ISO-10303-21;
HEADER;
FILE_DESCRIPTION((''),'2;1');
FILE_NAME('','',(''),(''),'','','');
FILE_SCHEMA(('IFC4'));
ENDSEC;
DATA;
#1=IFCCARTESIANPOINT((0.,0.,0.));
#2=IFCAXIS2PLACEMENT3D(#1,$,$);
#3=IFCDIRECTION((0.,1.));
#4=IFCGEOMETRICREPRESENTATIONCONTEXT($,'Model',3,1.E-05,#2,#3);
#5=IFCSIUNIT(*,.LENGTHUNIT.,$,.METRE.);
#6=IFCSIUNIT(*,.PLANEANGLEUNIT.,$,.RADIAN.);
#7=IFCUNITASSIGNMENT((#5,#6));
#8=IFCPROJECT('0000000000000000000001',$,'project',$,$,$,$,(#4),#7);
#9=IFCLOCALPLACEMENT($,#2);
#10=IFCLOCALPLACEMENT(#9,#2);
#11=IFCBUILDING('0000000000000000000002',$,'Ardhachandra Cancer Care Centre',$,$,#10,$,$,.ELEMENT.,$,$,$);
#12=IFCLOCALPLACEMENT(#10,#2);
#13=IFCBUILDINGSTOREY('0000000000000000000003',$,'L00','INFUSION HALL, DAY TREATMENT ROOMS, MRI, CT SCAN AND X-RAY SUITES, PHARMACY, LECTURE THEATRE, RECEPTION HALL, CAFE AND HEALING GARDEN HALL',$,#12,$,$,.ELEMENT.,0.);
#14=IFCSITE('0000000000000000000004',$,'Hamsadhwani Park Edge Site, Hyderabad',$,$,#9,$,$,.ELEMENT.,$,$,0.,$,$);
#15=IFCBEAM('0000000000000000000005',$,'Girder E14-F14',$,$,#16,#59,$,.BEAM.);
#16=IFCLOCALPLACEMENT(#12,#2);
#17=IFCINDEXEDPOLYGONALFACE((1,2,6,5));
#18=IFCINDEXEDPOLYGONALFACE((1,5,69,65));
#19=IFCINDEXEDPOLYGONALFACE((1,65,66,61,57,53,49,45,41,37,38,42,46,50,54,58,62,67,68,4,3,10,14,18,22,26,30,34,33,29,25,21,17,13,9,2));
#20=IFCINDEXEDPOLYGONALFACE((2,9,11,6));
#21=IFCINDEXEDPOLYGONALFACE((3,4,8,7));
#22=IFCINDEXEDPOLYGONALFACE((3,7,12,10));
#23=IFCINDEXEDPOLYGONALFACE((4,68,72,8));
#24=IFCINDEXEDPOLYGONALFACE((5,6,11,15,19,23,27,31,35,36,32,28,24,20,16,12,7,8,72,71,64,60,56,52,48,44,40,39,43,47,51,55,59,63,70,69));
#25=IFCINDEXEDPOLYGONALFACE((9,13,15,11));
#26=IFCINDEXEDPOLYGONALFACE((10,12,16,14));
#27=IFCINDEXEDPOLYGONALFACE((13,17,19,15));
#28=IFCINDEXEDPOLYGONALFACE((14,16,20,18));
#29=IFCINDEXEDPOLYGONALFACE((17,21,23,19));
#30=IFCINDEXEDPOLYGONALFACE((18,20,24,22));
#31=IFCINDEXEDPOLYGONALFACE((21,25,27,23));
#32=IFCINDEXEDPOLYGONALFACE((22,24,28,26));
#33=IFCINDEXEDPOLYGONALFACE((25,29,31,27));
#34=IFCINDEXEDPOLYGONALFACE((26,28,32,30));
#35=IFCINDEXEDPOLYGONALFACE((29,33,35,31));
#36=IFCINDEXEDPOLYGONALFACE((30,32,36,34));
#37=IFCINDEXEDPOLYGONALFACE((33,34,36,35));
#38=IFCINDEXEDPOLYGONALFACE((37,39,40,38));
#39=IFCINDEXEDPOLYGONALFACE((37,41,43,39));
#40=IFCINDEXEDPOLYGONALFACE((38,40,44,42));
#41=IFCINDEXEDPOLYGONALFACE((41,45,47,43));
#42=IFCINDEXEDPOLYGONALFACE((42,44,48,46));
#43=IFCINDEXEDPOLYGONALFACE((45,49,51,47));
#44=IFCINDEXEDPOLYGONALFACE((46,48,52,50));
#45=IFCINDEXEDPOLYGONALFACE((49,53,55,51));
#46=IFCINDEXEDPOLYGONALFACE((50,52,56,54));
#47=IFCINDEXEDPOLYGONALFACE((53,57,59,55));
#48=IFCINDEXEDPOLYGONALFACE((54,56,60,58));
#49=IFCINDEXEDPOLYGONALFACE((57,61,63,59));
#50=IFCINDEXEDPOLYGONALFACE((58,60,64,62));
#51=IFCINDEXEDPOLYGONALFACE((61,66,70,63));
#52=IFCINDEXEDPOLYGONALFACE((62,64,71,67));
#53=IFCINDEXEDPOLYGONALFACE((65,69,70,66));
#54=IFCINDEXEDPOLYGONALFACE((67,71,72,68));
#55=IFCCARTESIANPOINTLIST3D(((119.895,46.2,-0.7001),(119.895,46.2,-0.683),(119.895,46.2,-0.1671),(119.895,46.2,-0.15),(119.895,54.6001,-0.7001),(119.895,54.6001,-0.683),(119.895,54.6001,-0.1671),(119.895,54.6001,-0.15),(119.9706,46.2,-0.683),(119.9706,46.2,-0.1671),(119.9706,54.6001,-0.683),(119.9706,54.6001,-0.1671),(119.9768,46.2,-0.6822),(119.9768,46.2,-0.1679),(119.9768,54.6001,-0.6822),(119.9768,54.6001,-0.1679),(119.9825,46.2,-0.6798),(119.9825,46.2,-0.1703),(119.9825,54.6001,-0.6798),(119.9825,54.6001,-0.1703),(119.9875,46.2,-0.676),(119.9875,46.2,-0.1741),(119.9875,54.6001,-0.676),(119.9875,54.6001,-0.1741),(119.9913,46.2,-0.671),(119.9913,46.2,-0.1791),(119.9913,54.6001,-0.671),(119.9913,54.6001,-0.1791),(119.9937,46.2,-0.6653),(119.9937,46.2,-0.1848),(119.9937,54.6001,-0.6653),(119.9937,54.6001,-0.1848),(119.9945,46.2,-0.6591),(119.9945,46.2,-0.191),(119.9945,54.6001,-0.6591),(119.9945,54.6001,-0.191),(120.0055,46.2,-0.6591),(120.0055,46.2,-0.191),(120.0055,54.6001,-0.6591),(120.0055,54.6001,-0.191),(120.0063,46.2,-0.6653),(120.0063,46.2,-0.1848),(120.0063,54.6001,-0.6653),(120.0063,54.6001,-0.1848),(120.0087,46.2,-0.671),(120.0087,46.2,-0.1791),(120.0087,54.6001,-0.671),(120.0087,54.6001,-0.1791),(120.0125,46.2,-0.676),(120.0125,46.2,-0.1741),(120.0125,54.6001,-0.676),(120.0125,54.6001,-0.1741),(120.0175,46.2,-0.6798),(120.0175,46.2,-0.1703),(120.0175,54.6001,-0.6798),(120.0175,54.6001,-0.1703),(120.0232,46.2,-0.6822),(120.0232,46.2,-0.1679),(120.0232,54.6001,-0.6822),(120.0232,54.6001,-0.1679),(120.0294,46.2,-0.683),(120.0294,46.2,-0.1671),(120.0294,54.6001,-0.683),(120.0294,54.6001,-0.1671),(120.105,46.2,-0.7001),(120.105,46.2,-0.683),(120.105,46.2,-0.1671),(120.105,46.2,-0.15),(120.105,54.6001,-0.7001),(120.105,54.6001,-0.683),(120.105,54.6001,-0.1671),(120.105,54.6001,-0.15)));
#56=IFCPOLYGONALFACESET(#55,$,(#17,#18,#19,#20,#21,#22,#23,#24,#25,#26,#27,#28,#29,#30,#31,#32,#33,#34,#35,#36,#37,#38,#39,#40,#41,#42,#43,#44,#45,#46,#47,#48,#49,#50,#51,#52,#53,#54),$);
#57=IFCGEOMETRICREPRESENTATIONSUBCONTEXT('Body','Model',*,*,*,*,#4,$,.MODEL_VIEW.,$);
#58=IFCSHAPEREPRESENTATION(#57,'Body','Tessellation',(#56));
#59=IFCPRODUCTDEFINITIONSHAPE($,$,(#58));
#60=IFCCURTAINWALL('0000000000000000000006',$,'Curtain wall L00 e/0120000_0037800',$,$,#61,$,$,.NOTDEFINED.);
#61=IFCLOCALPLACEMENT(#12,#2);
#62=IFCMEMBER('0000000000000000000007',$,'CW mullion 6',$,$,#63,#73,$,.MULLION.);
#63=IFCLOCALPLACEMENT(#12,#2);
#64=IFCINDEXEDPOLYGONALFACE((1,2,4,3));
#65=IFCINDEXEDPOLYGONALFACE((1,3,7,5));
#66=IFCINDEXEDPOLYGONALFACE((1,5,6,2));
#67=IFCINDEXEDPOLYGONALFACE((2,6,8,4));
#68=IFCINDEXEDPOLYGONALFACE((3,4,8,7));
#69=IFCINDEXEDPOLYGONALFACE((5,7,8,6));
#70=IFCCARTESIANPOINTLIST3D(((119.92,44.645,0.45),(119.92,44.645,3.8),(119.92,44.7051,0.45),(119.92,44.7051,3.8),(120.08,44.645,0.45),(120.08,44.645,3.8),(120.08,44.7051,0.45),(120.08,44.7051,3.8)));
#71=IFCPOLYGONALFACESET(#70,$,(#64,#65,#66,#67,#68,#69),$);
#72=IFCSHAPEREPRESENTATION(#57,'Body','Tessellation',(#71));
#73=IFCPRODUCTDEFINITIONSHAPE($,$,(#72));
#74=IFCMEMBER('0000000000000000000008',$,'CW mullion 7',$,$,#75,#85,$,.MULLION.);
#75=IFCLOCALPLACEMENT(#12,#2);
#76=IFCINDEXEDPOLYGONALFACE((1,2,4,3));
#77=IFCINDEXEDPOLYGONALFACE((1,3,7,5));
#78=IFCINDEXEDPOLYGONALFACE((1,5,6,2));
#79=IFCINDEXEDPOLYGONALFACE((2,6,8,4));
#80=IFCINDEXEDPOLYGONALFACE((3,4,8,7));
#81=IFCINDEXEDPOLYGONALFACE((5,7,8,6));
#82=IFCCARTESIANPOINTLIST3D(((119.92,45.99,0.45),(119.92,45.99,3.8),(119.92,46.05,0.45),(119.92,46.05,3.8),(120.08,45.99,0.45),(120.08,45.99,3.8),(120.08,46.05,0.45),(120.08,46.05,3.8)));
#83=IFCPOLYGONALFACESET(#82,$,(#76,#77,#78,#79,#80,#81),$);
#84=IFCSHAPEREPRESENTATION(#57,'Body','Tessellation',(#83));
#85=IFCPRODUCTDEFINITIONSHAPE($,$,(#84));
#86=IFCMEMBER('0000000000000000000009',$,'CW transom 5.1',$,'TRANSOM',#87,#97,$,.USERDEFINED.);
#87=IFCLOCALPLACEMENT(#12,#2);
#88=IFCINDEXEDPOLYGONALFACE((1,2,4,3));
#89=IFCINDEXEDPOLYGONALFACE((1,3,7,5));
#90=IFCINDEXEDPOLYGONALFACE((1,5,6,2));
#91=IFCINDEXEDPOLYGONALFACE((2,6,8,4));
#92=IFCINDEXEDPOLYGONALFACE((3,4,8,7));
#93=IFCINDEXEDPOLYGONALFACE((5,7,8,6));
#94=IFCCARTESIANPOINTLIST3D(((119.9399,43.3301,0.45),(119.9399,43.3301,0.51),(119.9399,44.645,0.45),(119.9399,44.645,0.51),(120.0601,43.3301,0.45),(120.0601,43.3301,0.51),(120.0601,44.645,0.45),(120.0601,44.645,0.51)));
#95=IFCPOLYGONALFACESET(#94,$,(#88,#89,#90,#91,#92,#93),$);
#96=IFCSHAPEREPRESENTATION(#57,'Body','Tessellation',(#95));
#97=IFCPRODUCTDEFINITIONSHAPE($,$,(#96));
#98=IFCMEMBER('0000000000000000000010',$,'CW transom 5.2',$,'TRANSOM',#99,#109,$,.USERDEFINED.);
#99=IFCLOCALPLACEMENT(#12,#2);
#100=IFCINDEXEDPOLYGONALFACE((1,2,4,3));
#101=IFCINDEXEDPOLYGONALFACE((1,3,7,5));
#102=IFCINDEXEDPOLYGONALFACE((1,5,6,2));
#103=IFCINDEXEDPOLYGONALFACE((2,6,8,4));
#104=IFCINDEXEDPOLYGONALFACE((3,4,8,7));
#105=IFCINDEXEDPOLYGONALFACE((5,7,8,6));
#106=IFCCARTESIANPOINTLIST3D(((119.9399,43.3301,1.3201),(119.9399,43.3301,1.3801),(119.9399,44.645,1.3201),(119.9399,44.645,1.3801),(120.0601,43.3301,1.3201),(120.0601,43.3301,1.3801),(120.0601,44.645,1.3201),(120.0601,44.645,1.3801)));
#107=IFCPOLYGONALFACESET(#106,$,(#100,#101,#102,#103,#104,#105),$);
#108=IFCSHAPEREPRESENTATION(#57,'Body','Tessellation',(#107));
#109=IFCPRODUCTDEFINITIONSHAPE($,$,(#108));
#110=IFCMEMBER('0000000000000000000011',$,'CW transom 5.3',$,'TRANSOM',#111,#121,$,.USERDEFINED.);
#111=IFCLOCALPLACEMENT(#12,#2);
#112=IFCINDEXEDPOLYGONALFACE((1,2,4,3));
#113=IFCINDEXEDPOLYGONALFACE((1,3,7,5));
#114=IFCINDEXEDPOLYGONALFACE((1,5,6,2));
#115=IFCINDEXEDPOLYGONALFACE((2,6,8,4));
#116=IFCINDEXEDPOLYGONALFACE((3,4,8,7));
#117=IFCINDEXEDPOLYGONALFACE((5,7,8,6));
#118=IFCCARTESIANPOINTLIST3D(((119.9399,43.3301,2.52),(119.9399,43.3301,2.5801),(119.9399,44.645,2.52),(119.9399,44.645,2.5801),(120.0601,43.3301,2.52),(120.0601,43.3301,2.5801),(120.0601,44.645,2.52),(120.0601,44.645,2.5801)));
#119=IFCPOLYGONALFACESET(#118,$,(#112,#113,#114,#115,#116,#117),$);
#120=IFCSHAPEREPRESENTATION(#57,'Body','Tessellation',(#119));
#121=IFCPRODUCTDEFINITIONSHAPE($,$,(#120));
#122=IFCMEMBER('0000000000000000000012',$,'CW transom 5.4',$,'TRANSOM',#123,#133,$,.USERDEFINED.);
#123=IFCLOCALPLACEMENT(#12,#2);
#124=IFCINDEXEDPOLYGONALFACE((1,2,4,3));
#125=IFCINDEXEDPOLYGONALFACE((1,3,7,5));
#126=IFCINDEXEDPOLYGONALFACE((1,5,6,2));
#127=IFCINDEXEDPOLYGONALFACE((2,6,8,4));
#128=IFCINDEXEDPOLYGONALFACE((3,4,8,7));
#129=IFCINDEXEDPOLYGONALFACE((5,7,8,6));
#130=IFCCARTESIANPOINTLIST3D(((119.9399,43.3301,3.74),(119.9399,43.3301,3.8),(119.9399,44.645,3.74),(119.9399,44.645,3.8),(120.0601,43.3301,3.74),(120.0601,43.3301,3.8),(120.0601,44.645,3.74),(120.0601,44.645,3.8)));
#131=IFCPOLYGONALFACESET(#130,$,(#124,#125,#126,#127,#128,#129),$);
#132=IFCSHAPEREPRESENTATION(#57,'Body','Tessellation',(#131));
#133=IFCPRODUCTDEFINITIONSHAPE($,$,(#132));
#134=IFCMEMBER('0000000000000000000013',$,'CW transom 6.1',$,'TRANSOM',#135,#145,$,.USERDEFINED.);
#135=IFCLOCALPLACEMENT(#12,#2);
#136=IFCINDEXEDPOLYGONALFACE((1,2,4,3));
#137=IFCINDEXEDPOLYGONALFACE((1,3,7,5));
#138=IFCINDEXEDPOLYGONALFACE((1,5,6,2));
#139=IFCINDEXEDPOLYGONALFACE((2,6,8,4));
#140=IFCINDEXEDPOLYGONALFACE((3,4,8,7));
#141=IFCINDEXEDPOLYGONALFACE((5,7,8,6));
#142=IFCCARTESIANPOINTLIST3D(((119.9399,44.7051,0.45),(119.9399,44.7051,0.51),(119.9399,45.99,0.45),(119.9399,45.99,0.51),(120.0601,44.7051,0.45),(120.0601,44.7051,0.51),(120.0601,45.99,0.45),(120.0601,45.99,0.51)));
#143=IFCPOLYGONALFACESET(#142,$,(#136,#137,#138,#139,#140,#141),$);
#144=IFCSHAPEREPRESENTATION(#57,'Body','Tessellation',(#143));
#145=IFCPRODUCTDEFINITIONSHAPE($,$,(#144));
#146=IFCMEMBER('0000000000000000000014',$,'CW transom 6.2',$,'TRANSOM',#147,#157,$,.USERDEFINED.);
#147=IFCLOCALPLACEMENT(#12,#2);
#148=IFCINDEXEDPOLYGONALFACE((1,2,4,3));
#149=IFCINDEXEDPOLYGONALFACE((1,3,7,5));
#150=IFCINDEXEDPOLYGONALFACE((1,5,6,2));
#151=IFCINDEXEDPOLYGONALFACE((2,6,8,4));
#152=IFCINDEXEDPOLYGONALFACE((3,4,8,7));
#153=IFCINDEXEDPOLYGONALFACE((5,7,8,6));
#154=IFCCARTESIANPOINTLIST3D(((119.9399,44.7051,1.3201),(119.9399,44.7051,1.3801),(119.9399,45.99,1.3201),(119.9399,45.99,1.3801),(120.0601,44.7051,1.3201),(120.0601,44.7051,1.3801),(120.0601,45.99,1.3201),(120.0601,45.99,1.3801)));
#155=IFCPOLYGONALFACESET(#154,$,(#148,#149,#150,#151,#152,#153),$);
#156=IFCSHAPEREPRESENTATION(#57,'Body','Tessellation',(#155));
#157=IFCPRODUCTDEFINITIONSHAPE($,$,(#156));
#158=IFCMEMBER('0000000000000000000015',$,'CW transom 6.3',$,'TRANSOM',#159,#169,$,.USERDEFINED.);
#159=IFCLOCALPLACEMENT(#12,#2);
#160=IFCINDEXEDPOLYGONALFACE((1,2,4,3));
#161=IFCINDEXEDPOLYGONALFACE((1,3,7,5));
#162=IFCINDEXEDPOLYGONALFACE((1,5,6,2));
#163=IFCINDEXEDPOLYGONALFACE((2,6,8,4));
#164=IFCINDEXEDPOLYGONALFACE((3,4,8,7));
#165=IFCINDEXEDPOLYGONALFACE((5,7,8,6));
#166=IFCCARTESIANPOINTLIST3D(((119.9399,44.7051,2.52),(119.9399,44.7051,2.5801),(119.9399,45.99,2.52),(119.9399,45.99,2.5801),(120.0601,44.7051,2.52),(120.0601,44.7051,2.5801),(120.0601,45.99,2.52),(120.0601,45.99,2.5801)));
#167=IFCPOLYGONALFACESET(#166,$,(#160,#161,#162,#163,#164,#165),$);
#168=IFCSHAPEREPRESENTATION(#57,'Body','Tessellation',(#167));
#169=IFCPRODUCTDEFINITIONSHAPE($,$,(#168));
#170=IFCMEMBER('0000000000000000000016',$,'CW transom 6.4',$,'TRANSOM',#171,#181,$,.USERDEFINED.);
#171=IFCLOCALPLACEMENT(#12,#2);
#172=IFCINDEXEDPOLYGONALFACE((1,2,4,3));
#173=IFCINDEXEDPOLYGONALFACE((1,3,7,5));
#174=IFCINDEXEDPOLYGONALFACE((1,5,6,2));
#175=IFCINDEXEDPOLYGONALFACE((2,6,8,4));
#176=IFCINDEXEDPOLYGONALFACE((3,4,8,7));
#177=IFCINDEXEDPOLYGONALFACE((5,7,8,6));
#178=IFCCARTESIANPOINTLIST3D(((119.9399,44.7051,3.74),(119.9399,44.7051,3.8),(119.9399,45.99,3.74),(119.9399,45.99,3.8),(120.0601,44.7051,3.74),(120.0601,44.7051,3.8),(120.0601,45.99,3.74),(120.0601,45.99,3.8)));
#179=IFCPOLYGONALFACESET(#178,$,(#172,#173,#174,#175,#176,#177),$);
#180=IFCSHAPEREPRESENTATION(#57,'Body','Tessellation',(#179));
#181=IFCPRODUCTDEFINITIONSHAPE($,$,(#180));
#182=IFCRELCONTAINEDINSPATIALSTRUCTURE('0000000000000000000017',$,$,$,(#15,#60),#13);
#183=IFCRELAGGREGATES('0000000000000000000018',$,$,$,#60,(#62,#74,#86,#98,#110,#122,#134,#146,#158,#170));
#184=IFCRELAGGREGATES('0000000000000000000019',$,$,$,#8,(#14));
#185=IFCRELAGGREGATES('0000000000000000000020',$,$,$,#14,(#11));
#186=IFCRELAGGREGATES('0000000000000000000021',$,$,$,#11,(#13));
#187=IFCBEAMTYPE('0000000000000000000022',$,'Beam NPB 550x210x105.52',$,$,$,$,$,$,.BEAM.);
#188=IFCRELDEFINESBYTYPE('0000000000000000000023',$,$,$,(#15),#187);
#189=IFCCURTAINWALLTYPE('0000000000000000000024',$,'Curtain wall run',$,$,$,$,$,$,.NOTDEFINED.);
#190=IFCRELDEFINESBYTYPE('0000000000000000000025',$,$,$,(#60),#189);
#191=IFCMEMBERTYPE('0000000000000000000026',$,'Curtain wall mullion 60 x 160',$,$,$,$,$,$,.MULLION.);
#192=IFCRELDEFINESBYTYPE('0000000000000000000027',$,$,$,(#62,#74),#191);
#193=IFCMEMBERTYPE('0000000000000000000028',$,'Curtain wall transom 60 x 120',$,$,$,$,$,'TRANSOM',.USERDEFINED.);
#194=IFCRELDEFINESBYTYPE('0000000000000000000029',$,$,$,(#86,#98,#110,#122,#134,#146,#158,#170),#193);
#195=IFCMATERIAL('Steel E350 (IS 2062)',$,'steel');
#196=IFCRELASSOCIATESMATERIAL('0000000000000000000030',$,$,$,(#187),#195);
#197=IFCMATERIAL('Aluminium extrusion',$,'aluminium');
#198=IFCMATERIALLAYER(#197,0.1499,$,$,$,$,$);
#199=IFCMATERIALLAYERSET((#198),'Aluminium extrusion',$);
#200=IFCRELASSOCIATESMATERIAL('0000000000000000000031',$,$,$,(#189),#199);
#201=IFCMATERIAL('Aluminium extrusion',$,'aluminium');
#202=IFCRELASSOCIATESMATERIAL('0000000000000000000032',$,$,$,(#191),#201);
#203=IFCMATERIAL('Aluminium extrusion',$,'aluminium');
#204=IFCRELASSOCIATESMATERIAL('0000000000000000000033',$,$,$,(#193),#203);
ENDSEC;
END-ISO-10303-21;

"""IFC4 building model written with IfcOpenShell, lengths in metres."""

from ifc_helpers import new_model, si_unit, direction, frame, origin, origin_2d, place, context, subcontext, project, spatial, rectangle, i_section, extrude, material, layer, layer_set, material_profile, profile_set, type_object, element, aggregate, save


model = new_model("IFC4")

# Units and contexts
model_context = context("Model", 3, precision=1e-05, world=origin(), true_north=direction((0.0, 1.0)))
body_context = subcontext(model_context, "Body", "Model", "MODEL_VIEW")
ifc_project = project(units=[si_unit("LENGTHUNIT", "METRE"), si_unit("PLANEANGLEUNIT", "RADIAN")], contexts=[model_context])

# Site, building, storey
site_placement = place(None, origin())
site = spatial("IfcSite", under=ifc_project, at=site_placement, Name="Hamsadhwani Park Edge Site, Hyderabad", CompositionType="ELEMENT", RefElevation=0.0)
building_placement = place(site_placement, origin())
building = spatial("IfcBuilding", under=site, at=building_placement, Name="Ardhachandra Cancer Care Centre", CompositionType="ELEMENT")
storey_placement = place(building_placement, origin())
storey = spatial("IfcBuildingStorey", under=building, at=storey_placement, Name="L00", Description="INFUSION HALL, DAY TREATMENT ROOMS, MRI, CT SCAN AND X-RAY SUITES, PHARMACY, LECTURE THEATRE, RECEPTION HALL, CAFE AND HEALING GARDEN HALL", CompositionType="ELEMENT", Elevation=0.0)

# Beam
ifc_material_1 = material(Name="Steel E350 (IS 2062)", Category="steel")
ifc_material_profile_1 = material_profile(ifc_material_1, i_section(OverallWidth=0.21, OverallDepth=0.55, WebThickness=0.011, FlangeThickness=0.0171, FilletRadius=0.0239, at=origin_2d()), Name="NPB 550x210x105.52")
ifc_profile_set_1 = profile_set([ifc_material_profile_1], Name="Steel E350 (IS 2062)")
beam_type_1 = type_object("IfcBeamType", Name="Beam NPB 550x210x105.52", PredefinedType="BEAM", material=ifc_profile_set_1)
beam_1_placement = place(storey_placement, frame((120.0, 46.2, -0.425), z_axis=(0.0, 1.0, 0.0), x_axis=(-1.0, 0.0, 0.0)))
element("IfcBeam", 1, at=beam_1_placement, inside=storey, type_object=beam_type_1, Name="Girder E14-F14", PredefinedType="BEAM", context=body_context, shape_type="SweptSolid", body=[
    extrude(i_section(OverallWidth=0.21, OverallDepth=0.55, WebThickness=0.011, FlangeThickness=0.0171, FilletRadius=0.0239, at=origin_2d()), origin(), (0.0, 0.0, 1.0), 8.4001),
])

# Curtain wall, members
ifc_material_2 = material(Name="Aluminium extrusion", Category="aluminium")
ifc_layer_1 = layer(ifc_material_2, 0.1499)
ifc_layer_set_1 = layer_set([ifc_layer_1], Name="Aluminium extrusion")
curtain_wall_type = type_object("IfcCurtainWallType", Name="Curtain wall run", PredefinedType="NOTDEFINED", material=ifc_layer_set_1)
curtain_wall_placement = place(storey_placement, origin())
curtain_wall = element("IfcCurtainWall", 2, at=curtain_wall_placement, inside=storey, type_object=curtain_wall_type, Name="Curtain wall L00 e/0120000_0037800", PredefinedType="NOTDEFINED")
ifc_material_3 = material(Name="Aluminium extrusion", Category="aluminium")
ifc_material_profile_2 = material_profile(ifc_material_3, rectangle(XDim=0.1599, YDim=0.0601, at=origin_2d()), Name="Curtain wall mullion 60 x 160")
ifc_profile_set_2 = profile_set([ifc_material_profile_2], Name="Aluminium extrusion")
member_type_1 = type_object("IfcMemberType", Name="Curtain wall mullion 60 x 160", PredefinedType="MULLION", material=ifc_profile_set_2)
member_1_placement = place(storey_placement, frame((120.0, 44.675, 0.45), z_axis=(0.0, 0.0, 1.0), x_axis=(-1.0, 0.0, 0.0)))
member_1 = element("IfcMember", 3, at=member_1_placement, type_object=member_type_1, Name="CW mullion 6", PredefinedType="MULLION", context=body_context, shape_type="SweptSolid", body=[
    extrude(rectangle(XDim=0.1599, YDim=0.0601, at=origin_2d()), origin(), (0.0, 0.0, 1.0), 3.3501),
])
member_2_placement = place(storey_placement, frame((120.0, 46.02, 0.45), z_axis=(0.0, 0.0, 1.0), x_axis=(-1.0, 0.0, 0.0)))
member_2 = element("IfcMember", 4, at=member_2_placement, type_object=member_type_1, Name="CW mullion 7", PredefinedType="MULLION", context=body_context, shape_type="SweptSolid", body=[
    extrude(rectangle(XDim=0.1599, YDim=0.0601, at=origin_2d()), origin(), (0.0, 0.0, 1.0), 3.3501),
])
ifc_material_4 = material(Name="Aluminium extrusion", Category="aluminium")
ifc_material_profile_3 = material_profile(ifc_material_4, rectangle(XDim=0.1201, YDim=0.0601, at=origin_2d()), Name="Curtain wall transom 60 x 120")
ifc_profile_set_3 = profile_set([ifc_material_profile_3], Name="Aluminium extrusion")
member_type_2 = type_object("IfcMemberType", Name="Curtain wall transom 60 x 120", ElementType="TRANSOM", PredefinedType="USERDEFINED", material=ifc_profile_set_3)
member_3_placement = place(storey_placement, frame((120.0, 43.3301, 0.48), z_axis=(0.0, 1.0, 0.0), x_axis=(-1.0, 0.0, 0.0)))
member_3 = element("IfcMember", 5, at=member_3_placement, type_object=member_type_2, Name="CW transom 5.1", ObjectType="TRANSOM", PredefinedType="USERDEFINED", context=body_context, shape_type="SweptSolid", body=[
    extrude(rectangle(XDim=0.1201, YDim=0.0601, at=origin_2d()), origin(), (0.0, 0.0, 1.0), 1.3149),
])
member_4_placement = place(storey_placement, frame((120.0, 43.3301, 1.3501), z_axis=(0.0, 1.0, 0.0), x_axis=(-1.0, 0.0, 0.0)))
member_4 = element("IfcMember", 6, at=member_4_placement, type_object=member_type_2, Name="CW transom 5.2", ObjectType="TRANSOM", PredefinedType="USERDEFINED", context=body_context, shape_type="SweptSolid", body=[
    extrude(rectangle(XDim=0.1201, YDim=0.0601, at=origin_2d()), origin(), (0.0, 0.0, 1.0), 1.3149),
])
member_5_placement = place(storey_placement, frame((120.0, 43.3301, 2.55), z_axis=(0.0, 1.0, 0.0), x_axis=(-1.0, 0.0, 0.0)))
member_5 = element("IfcMember", 7, at=member_5_placement, type_object=member_type_2, Name="CW transom 5.3", ObjectType="TRANSOM", PredefinedType="USERDEFINED", context=body_context, shape_type="SweptSolid", body=[
    extrude(rectangle(XDim=0.1201, YDim=0.0601, at=origin_2d()), origin(), (0.0, 0.0, 1.0), 1.3149),
])
member_6_placement = place(storey_placement, frame((120.0, 43.3301, 3.77), z_axis=(0.0, 1.0, 0.0), x_axis=(-1.0, 0.0, 0.0)))
member_6 = element("IfcMember", 8, at=member_6_placement, type_object=member_type_2, Name="CW transom 5.4", ObjectType="TRANSOM", PredefinedType="USERDEFINED", context=body_context, shape_type="SweptSolid", body=[
    extrude(rectangle(XDim=0.1201, YDim=0.0601, at=origin_2d()), origin(), (0.0, 0.0, 1.0), 1.3149),
])
member_7_placement = place(storey_placement, frame((120.0, 44.7051, 0.48), z_axis=(0.0, 1.0, 0.0), x_axis=(-1.0, 0.0, 0.0)))
member_7 = element("IfcMember", 9, at=member_7_placement, type_object=member_type_2, Name="CW transom 6.1", ObjectType="TRANSOM", PredefinedType="USERDEFINED", context=body_context, shape_type="SweptSolid", body=[
    extrude(rectangle(XDim=0.1201, YDim=0.0601, at=origin_2d()), origin(), (0.0, 0.0, 1.0), 1.2849),
])
member_8_placement = place(storey_placement, frame((120.0, 44.7051, 1.3501), z_axis=(0.0, 1.0, 0.0), x_axis=(-1.0, 0.0, 0.0)))
member_8 = element("IfcMember", 10, at=member_8_placement, type_object=member_type_2, Name="CW transom 6.2", ObjectType="TRANSOM", PredefinedType="USERDEFINED", context=body_context, shape_type="SweptSolid", body=[
    extrude(rectangle(XDim=0.1201, YDim=0.0601, at=origin_2d()), origin(), (0.0, 0.0, 1.0), 1.2849),
])
member_9_placement = place(storey_placement, frame((120.0, 44.7051, 2.55), z_axis=(0.0, 1.0, 0.0), x_axis=(-1.0, 0.0, 0.0)))
member_9 = element("IfcMember", 11, at=member_9_placement, type_object=member_type_2, Name="CW transom 6.3", ObjectType="TRANSOM", PredefinedType="USERDEFINED", context=body_context, shape_type="SweptSolid", body=[
    extrude(rectangle(XDim=0.1201, YDim=0.0601, at=origin_2d()), origin(), (0.0, 0.0, 1.0), 1.2849),
])
member_10_placement = place(storey_placement, frame((120.0, 44.7051, 3.77), z_axis=(0.0, 1.0, 0.0), x_axis=(-1.0, 0.0, 0.0)))
member_10 = element("IfcMember", 12, at=member_10_placement, type_object=member_type_2, Name="CW transom 6.4", ObjectType="TRANSOM", PredefinedType="USERDEFINED", context=body_context, shape_type="SweptSolid", body=[
    extrude(rectangle(XDim=0.1201, YDim=0.0601, at=origin_2d()), origin(), (0.0, 0.0, 1.0), 1.2849),
])
aggregate(curtain_wall, [member_1, member_2, member_3, member_4, member_5, member_6, member_7, member_8, member_9, member_10])

save(model, "model.ifc")
